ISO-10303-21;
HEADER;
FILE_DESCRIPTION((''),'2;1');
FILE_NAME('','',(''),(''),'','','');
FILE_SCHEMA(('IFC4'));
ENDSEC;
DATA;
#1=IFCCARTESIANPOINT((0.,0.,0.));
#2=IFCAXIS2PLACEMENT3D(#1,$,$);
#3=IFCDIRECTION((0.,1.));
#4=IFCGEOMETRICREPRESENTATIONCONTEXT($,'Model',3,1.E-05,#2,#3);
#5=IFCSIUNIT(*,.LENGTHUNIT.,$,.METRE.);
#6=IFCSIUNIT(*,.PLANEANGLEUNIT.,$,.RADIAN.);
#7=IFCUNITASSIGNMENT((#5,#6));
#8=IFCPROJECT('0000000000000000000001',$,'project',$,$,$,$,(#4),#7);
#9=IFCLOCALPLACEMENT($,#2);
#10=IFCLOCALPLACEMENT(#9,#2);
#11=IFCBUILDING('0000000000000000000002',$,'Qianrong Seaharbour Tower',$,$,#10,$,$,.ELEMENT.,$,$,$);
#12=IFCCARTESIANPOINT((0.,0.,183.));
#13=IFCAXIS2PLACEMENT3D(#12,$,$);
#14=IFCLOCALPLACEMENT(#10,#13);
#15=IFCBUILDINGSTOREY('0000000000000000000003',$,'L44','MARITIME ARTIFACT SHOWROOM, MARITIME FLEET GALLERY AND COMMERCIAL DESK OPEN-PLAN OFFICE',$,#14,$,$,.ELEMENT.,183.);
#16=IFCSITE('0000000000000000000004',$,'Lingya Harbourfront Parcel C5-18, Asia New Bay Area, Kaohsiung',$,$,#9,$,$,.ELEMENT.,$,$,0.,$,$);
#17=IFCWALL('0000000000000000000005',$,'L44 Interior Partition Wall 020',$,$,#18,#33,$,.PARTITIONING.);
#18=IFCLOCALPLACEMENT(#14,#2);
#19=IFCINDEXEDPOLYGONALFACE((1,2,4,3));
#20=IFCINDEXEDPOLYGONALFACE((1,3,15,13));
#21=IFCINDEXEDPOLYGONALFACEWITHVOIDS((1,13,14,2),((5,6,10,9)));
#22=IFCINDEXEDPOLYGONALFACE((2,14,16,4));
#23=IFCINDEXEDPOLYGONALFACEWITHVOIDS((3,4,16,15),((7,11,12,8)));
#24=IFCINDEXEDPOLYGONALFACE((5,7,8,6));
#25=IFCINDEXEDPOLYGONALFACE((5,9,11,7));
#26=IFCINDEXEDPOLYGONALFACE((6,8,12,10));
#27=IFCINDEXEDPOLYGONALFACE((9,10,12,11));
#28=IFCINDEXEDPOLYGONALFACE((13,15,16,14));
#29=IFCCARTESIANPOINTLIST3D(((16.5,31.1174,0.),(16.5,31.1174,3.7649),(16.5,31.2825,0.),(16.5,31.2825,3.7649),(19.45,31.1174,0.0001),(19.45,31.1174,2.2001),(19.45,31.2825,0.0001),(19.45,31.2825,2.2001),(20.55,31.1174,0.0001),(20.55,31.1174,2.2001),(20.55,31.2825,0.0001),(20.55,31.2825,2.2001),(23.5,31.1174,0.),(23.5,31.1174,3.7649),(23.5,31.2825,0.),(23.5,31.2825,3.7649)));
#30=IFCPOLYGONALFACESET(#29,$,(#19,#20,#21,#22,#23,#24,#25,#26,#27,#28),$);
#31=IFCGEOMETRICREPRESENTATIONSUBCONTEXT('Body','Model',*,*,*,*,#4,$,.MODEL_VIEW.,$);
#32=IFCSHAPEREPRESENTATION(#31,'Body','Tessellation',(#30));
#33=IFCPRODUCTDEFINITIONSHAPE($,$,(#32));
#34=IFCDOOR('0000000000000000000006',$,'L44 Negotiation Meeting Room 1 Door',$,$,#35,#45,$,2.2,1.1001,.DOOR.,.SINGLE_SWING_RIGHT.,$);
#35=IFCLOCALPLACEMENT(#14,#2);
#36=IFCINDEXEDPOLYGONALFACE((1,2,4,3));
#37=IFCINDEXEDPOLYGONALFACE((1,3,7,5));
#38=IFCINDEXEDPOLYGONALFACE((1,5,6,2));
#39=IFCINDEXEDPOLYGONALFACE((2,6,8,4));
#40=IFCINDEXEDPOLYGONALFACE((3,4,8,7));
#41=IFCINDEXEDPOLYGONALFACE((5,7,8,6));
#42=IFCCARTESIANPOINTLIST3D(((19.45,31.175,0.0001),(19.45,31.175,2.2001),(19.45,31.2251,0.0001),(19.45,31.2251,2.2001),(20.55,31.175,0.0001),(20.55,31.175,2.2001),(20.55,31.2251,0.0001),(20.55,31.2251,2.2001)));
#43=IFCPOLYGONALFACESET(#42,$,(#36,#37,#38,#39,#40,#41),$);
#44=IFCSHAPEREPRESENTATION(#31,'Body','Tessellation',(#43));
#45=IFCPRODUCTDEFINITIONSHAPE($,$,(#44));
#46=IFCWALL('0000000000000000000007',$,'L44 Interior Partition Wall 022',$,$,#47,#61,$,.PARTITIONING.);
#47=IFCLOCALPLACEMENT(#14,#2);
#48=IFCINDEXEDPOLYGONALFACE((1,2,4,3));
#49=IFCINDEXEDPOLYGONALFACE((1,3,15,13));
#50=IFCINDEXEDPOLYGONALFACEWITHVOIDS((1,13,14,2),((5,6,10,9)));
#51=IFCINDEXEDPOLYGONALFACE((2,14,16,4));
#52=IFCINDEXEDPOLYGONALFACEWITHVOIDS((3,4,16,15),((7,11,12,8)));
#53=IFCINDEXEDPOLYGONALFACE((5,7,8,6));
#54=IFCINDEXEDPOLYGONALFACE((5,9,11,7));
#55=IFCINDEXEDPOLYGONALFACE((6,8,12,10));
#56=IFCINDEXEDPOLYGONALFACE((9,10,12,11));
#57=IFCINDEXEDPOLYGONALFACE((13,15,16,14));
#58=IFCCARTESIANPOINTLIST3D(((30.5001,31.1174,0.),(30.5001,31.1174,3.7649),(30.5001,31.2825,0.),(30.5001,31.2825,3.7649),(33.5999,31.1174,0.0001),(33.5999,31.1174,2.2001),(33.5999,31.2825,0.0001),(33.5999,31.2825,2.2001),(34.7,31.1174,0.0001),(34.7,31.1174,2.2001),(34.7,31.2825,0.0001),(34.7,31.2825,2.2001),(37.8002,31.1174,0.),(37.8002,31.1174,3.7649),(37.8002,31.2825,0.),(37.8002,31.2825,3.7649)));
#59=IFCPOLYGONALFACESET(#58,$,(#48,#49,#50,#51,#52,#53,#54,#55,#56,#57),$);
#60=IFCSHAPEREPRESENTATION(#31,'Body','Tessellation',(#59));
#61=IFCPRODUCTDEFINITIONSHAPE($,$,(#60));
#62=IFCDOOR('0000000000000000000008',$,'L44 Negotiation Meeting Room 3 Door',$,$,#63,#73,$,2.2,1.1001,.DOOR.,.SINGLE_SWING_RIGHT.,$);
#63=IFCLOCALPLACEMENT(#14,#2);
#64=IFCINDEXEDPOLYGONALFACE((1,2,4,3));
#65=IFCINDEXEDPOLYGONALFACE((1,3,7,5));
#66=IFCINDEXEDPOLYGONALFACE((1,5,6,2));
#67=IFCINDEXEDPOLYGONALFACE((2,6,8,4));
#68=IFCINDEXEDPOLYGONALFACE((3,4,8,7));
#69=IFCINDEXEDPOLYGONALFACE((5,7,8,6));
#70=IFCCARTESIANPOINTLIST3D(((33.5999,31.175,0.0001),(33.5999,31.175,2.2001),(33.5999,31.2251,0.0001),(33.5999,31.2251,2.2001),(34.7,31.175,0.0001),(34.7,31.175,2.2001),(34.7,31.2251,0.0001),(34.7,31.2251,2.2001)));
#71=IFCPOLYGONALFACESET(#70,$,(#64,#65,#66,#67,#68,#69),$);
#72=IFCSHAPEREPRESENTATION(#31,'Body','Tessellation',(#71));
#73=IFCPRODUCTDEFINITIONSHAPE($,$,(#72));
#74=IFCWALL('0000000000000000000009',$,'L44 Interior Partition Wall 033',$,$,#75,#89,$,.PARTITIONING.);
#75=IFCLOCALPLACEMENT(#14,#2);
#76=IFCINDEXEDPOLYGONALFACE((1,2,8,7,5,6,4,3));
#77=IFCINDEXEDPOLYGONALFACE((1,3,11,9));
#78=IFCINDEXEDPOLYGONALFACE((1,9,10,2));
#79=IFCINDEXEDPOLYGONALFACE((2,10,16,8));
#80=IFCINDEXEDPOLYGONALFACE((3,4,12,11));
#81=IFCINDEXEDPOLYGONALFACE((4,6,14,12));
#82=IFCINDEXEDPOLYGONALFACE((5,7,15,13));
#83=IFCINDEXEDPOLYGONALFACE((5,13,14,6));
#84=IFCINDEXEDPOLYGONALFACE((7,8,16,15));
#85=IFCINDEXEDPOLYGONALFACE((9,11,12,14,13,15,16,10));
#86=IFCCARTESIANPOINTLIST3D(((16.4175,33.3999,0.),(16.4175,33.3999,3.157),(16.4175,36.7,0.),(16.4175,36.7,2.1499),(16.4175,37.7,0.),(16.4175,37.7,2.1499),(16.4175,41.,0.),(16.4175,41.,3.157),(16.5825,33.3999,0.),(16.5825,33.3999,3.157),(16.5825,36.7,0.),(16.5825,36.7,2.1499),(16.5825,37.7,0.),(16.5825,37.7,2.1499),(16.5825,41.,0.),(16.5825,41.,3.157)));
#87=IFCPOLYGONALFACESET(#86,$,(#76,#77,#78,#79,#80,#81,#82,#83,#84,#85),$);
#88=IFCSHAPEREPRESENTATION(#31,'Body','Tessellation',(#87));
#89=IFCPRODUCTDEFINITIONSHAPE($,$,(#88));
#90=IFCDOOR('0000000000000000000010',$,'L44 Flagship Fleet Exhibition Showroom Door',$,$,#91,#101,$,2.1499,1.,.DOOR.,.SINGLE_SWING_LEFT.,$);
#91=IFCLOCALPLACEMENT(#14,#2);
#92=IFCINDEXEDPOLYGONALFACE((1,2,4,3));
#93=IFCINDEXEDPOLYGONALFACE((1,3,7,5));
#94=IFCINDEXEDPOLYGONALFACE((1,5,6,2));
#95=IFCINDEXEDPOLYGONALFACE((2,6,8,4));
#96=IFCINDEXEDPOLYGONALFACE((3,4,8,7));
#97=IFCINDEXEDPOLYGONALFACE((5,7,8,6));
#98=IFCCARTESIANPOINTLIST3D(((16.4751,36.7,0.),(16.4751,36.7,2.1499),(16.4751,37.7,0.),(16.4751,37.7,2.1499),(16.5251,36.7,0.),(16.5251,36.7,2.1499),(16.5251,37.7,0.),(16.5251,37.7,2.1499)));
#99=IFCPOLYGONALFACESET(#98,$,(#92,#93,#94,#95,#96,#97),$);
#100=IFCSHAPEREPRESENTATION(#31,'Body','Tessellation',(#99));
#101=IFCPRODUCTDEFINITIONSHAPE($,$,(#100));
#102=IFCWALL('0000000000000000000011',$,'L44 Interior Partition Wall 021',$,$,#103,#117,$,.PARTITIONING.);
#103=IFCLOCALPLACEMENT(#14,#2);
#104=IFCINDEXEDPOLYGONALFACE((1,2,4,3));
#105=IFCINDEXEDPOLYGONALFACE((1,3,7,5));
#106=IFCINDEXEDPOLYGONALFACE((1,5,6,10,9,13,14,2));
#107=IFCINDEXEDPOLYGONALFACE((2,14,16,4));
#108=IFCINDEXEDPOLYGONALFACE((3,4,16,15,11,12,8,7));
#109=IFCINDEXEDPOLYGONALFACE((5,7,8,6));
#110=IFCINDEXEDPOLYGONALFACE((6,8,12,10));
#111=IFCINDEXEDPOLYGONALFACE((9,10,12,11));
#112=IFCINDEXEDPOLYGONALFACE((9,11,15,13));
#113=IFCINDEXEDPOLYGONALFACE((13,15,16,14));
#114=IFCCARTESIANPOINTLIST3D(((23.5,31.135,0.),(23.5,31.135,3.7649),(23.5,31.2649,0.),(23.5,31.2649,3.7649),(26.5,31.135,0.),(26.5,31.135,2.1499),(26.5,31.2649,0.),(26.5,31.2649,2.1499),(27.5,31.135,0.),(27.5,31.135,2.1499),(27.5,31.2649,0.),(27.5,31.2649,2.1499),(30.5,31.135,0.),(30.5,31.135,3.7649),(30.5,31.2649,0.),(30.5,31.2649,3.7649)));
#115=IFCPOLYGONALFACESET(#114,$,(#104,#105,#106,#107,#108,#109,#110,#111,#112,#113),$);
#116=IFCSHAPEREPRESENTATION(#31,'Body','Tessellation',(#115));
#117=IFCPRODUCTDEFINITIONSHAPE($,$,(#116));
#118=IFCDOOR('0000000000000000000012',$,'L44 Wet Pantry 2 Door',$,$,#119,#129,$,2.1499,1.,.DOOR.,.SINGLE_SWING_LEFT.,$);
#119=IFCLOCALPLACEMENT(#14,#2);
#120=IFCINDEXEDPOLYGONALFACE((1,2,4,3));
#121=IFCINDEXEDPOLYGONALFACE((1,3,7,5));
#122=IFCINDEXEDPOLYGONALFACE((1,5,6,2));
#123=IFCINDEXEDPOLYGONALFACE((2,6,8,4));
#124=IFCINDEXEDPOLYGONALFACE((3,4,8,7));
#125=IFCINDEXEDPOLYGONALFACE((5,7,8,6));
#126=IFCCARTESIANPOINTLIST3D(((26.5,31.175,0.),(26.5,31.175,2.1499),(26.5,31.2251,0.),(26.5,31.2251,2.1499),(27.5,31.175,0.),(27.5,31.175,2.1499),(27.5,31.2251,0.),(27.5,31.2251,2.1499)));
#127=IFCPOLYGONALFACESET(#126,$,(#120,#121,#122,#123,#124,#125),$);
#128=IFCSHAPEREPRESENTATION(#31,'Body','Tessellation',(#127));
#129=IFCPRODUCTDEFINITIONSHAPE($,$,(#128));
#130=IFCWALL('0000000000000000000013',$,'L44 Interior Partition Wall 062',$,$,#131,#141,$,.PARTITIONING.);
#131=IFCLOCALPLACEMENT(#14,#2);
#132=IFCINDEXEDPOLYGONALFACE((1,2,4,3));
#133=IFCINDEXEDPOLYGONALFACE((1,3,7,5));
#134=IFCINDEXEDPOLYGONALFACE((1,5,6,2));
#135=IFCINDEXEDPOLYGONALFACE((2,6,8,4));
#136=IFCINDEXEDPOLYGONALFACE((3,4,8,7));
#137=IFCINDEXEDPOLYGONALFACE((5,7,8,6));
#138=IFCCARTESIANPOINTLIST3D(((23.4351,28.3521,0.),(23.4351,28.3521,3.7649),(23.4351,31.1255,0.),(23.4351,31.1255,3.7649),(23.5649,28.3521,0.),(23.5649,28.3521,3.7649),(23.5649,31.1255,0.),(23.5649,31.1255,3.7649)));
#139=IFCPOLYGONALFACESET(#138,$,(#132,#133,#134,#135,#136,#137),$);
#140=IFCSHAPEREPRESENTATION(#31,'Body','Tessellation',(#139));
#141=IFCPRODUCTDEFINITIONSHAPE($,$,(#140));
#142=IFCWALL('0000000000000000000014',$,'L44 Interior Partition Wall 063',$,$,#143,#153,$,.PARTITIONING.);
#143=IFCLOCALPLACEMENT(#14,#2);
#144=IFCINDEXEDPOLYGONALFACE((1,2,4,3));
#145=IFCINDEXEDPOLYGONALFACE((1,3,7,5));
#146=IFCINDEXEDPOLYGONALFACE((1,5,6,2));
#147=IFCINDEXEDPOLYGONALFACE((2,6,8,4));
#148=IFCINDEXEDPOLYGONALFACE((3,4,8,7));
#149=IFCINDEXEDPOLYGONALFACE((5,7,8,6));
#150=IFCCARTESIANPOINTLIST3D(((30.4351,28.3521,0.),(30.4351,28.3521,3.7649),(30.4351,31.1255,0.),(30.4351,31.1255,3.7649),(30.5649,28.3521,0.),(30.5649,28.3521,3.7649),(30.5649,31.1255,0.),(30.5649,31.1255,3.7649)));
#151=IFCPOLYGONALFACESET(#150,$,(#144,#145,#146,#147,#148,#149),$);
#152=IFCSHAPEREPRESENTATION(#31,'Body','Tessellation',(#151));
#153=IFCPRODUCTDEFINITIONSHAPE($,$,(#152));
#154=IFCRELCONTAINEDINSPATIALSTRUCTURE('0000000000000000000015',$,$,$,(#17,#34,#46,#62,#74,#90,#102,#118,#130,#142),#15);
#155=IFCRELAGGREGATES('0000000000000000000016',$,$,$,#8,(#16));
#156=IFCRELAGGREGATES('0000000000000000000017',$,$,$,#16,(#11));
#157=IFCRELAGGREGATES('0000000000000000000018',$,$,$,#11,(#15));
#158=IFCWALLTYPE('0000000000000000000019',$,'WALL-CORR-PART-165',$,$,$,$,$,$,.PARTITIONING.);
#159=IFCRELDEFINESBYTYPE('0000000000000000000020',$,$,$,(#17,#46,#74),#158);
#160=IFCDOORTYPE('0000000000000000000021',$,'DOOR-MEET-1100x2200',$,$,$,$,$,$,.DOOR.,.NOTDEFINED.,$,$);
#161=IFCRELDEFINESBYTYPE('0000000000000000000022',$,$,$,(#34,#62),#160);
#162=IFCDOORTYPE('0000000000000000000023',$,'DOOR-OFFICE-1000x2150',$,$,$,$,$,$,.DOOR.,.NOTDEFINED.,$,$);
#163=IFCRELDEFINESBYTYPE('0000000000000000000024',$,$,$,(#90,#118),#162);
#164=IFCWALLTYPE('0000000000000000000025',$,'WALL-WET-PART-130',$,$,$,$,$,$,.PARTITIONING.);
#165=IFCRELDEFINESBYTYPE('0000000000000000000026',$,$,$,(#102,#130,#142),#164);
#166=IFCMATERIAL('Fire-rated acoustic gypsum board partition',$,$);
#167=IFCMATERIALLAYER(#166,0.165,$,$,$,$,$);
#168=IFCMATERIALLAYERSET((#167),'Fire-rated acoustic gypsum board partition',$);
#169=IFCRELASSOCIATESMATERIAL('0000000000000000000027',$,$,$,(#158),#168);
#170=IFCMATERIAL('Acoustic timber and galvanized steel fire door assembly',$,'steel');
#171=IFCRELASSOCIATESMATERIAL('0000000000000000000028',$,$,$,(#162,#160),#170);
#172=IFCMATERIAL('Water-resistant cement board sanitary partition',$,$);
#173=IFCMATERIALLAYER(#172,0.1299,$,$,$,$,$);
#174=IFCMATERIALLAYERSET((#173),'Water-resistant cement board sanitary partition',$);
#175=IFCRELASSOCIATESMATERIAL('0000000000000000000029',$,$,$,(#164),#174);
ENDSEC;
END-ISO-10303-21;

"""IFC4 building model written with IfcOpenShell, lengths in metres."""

from ifc_helpers import new_model, si_unit, direction, frame, frame_2d, origin, place, context, subcontext, project, spatial, rectangle, extrude, material, layer, layer_set, type_object, element, fill, save


model = new_model("IFC4")

# Units and contexts
model_context = context("Model", 3, precision=1e-05, world=origin(), true_north=direction((0.0, 1.0)))
body_context = subcontext(model_context, "Body", "Model", "MODEL_VIEW")
ifc_project = project(units=[si_unit("LENGTHUNIT", "METRE"), si_unit("PLANEANGLEUNIT", "RADIAN")], contexts=[model_context])

# Site, building, storey
site_placement = place(None, origin())
site = spatial("IfcSite", under=ifc_project, at=site_placement, Name="Lingya Harbourfront Parcel C5-18, Asia New Bay Area, Kaohsiung", CompositionType="ELEMENT", RefElevation=0.0)
building_placement = place(site_placement, origin())
building = spatial("IfcBuilding", under=site, at=building_placement, Name="Qianrong Seaharbour Tower", CompositionType="ELEMENT")
storey_placement = place(building_placement, frame((0.0, 0.0, 183.0)))
storey = spatial("IfcBuildingStorey", under=building, at=storey_placement, Name="L44", Description="MARITIME ARTIFACT SHOWROOM, MARITIME FLEET GALLERY AND COMMERCIAL DESK OPEN-PLAN OFFICE", CompositionType="ELEMENT", Elevation=183.0)

# Shared definitions
ifc_material_1 = material(Name="Fire-rated acoustic gypsum board partition")
ifc_layer_1 = layer(ifc_material_1, 0.165)
ifc_layer_set_1 = layer_set([ifc_layer_1], Name="Fire-rated acoustic gypsum board partition")
wall_type_1 = type_object("IfcWallType", Name="WALL-CORR-PART-165", PredefinedType="PARTITIONING", material=ifc_layer_set_1)

# Shared definitions
ifc_material_2 = material(Name="Acoustic timber and galvanized steel fire door assembly", Category="steel")
door_type_1 = type_object("IfcDoorType", Name="DOOR-OFFICE-1000x2150", OperationType="NOTDEFINED", PredefinedType="DOOR", material=ifc_material_2)

# Walls, openings, doors
wall_1_placement = place(storey_placement, frame((23.5, 31.2, 0.0), z_axis=(0.0, 0.0, 1.0), x_axis=(-1.0, 0.0, 0.0)))
wall_1 = element("IfcWall", 1, at=wall_1_placement, inside=storey, type_object=wall_type_1, Name="L44 Interior Partition Wall 020", PredefinedType="PARTITIONING", context=body_context, shape_type="SweptSolid", body=[
    extrude(rectangle(XDim=7.0, YDim=0.165, at=frame_2d((3.5, 0.0))), origin(), (0.0, 0.0, 1.0), 3.7649),
])
opening_1_placement = place(wall_1_placement, frame((2.95, 0.0, 0.0)))
opening_1 = element("IfcOpeningElement", 2, at=opening_1_placement, cuts=wall_1, PredefinedType="OPENING", context=body_context, shape_type="SweptSolid", body=[
    extrude(rectangle(XDim=1.1001, YDim=2.2, at=frame_2d((0.55, 1.1001))), frame((0.0, 0.0925, 0.0), z_axis=(0.0, -1.0, 0.0), x_axis=(1.0, 0.0, 0.0)), (0.0, 0.0, 1.0), 0.1851),
])
door_type_2 = type_object("IfcDoorType", Name="DOOR-MEET-1100x2200", OperationType="NOTDEFINED", PredefinedType="DOOR", material=ifc_material_2)
door_1_placement = place(opening_1_placement, origin())
door_1 = element("IfcDoor", 3, at=door_1_placement, inside=storey, type_object=door_type_2, Name="L44 Negotiation Meeting Room 1 Door", OperationType="SINGLE_SWING_RIGHT", OverallHeight=2.2, OverallWidth=1.1001, PredefinedType="DOOR", context=body_context, shape_type="SweptSolid", body=[
    extrude(rectangle(XDim=1.1001, YDim=2.2, at=frame_2d((0.55, 1.1001))), frame((0.0, 0.0249, 0.0), z_axis=(0.0, -1.0, 0.0), x_axis=(1.0, 0.0, 0.0)), (0.0, 0.0, 1.0), 0.05),
])
fill(opening_1, door_1)
wall_2_placement = place(storey_placement, frame((37.8, 31.2, 0.0), z_axis=(0.0, 0.0, 1.0), x_axis=(-1.0, 0.0, 0.0)))
wall_2 = element("IfcWall", 4, at=wall_2_placement, inside=storey, type_object=wall_type_1, Name="L44 Interior Partition Wall 022", PredefinedType="PARTITIONING", context=body_context, shape_type="SweptSolid", body=[
    extrude(rectangle(XDim=7.3, YDim=0.165, at=frame_2d((3.6499, 0.0))), origin(), (0.0, 0.0, 1.0), 3.7649),
])
opening_2_placement = place(wall_2_placement, frame((3.1001, 0.0, 0.0)))
opening_2 = element("IfcOpeningElement", 5, at=opening_2_placement, cuts=wall_2, PredefinedType="OPENING", context=body_context, shape_type="SweptSolid", body=[
    extrude(rectangle(XDim=1.1001, YDim=2.2, at=frame_2d((0.55, 1.1001))), frame((0.0, 0.0925, 0.0), z_axis=(0.0, -1.0, 0.0), x_axis=(1.0, 0.0, 0.0)), (0.0, 0.0, 1.0), 0.1851),
])
door_2_placement = place(opening_2_placement, origin())
door_2 = element("IfcDoor", 6, at=door_2_placement, inside=storey, type_object=door_type_2, Name="L44 Negotiation Meeting Room 3 Door", OperationType="SINGLE_SWING_RIGHT", OverallHeight=2.2, OverallWidth=1.1001, PredefinedType="DOOR", context=body_context, shape_type="SweptSolid", body=[
    extrude(rectangle(XDim=1.1001, YDim=2.2, at=frame_2d((0.55, 1.1001))), frame((0.0, 0.0249, 0.0), z_axis=(0.0, -1.0, 0.0), x_axis=(1.0, 0.0, 0.0)), (0.0, 0.0, 1.0), 0.05),
])
fill(opening_2, door_2)
wall_3_placement = place(storey_placement, frame((16.5, 33.3999, 0.0), z_axis=(0.0, 0.0, 1.0), x_axis=(0.0, 1.0, 0.0)))
wall_3 = element("IfcWall", 7, at=wall_3_placement, inside=storey, type_object=wall_type_1, Name="L44 Interior Partition Wall 033", PredefinedType="PARTITIONING", context=body_context, shape_type="SweptSolid", body=[
    extrude(rectangle(XDim=7.6001, YDim=0.165, at=frame_2d((3.8, 0.0))), origin(), (0.0, 0.0, 1.0), 3.157),
])
opening_3_placement = place(wall_3_placement, frame((3.3, 0.0, 0.0)))
opening_3 = element("IfcOpeningElement", 8, at=opening_3_placement, cuts=wall_3, PredefinedType="OPENING", context=body_context, shape_type="SweptSolid", body=[
    extrude(rectangle(XDim=1.0, YDim=2.1499, at=frame_2d((0.5, 1.075))), frame((0.0, 0.0925, 0.0), z_axis=(0.0, -1.0, 0.0), x_axis=(1.0, 0.0, 0.0)), (0.0, 0.0, 1.0), 0.1851),
])
door_3_placement = place(opening_3_placement, origin())
door_3 = element("IfcDoor", 9, at=door_3_placement, inside=storey, type_object=door_type_1, Name="L44 Flagship Fleet Exhibition Showroom Door", OperationType="SINGLE_SWING_LEFT", OverallHeight=2.1499, OverallWidth=1.0, PredefinedType="DOOR", context=body_context, shape_type="SweptSolid", body=[
    extrude(rectangle(XDim=1.0, YDim=2.1499, at=frame_2d((0.5, 1.075))), frame((0.0, 0.0249, 0.0), z_axis=(0.0, -1.0, 0.0), x_axis=(1.0, 0.0, 0.0)), (0.0, 0.0, 1.0), 0.05),
])
fill(opening_3, door_3)
ifc_material_3 = material(Name="Water-resistant cement board sanitary partition")
ifc_layer_2 = layer(ifc_material_3, 0.1299)
ifc_layer_set_2 = layer_set([ifc_layer_2], Name="Water-resistant cement board sanitary partition")
wall_type_2 = type_object("IfcWallType", Name="WALL-WET-PART-130", PredefinedType="PARTITIONING", material=ifc_layer_set_2)
wall_4_placement = place(storey_placement, frame((30.5, 31.2, 0.0), z_axis=(0.0, 0.0, 1.0), x_axis=(-1.0, 0.0, 0.0)))
wall_4 = element("IfcWall", 10, at=wall_4_placement, inside=storey, type_object=wall_type_2, Name="L44 Interior Partition Wall 021", PredefinedType="PARTITIONING", context=body_context, shape_type="SweptSolid", body=[
    extrude(rectangle(XDim=7.0, YDim=0.1299, at=frame_2d((3.5, 0.0))), origin(), (0.0, 0.0, 1.0), 3.7649),
])
opening_4_placement = place(wall_4_placement, frame((3.0, 0.0, 0.0)))
opening_4 = element("IfcOpeningElement", 11, at=opening_4_placement, cuts=wall_4, PredefinedType="OPENING", context=body_context, shape_type="SweptSolid", body=[
    extrude(rectangle(XDim=1.0, YDim=2.1499, at=frame_2d((0.5, 1.075))), frame((0.0, 0.075, 0.0), z_axis=(0.0, -1.0, 0.0), x_axis=(1.0, 0.0, 0.0)), (0.0, 0.0, 1.0), 0.1499),
])
door_4_placement = place(opening_4_placement, origin())
door_4 = element("IfcDoor", 12, at=door_4_placement, inside=storey, type_object=door_type_1, Name="L44 Wet Pantry 2 Door", OperationType="SINGLE_SWING_LEFT", OverallHeight=2.1499, OverallWidth=1.0, PredefinedType="DOOR", context=body_context, shape_type="SweptSolid", body=[
    extrude(rectangle(XDim=1.0, YDim=2.1499, at=frame_2d((0.5, 1.075))), frame((0.0, 0.0249, 0.0), z_axis=(0.0, -1.0, 0.0), x_axis=(1.0, 0.0, 0.0)), (0.0, 0.0, 1.0), 0.05),
])
fill(opening_4, door_4)

# Walls
for number, where, z_axis, x_axis, name in (
    (13, (23.5, 31.1255, 0.0), (0.0, 0.0, 1.0), (0.0, -1.0, 0.0), "L44 Interior Partition Wall 062"),
    (14, (30.5, 31.1255, 0.0), (0.0, 0.0, 1.0), (0.0, -1.0, 0.0), "L44 Interior Partition Wall 063"),
):
    element("IfcWall", number, at=place(storey_placement, frame(where, z_axis=z_axis, x_axis=x_axis)), inside=storey, type_object=wall_type_2, Name=name, PredefinedType="PARTITIONING", context=body_context, shape_type="SweptSolid", body=[
        extrude(rectangle(XDim=2.7734, YDim=0.1299, at=frame_2d((1.3867, 0.0))), origin(), (0.0, 0.0, 1.0), 3.7649),
    ])

save(model, "model.ifc")
